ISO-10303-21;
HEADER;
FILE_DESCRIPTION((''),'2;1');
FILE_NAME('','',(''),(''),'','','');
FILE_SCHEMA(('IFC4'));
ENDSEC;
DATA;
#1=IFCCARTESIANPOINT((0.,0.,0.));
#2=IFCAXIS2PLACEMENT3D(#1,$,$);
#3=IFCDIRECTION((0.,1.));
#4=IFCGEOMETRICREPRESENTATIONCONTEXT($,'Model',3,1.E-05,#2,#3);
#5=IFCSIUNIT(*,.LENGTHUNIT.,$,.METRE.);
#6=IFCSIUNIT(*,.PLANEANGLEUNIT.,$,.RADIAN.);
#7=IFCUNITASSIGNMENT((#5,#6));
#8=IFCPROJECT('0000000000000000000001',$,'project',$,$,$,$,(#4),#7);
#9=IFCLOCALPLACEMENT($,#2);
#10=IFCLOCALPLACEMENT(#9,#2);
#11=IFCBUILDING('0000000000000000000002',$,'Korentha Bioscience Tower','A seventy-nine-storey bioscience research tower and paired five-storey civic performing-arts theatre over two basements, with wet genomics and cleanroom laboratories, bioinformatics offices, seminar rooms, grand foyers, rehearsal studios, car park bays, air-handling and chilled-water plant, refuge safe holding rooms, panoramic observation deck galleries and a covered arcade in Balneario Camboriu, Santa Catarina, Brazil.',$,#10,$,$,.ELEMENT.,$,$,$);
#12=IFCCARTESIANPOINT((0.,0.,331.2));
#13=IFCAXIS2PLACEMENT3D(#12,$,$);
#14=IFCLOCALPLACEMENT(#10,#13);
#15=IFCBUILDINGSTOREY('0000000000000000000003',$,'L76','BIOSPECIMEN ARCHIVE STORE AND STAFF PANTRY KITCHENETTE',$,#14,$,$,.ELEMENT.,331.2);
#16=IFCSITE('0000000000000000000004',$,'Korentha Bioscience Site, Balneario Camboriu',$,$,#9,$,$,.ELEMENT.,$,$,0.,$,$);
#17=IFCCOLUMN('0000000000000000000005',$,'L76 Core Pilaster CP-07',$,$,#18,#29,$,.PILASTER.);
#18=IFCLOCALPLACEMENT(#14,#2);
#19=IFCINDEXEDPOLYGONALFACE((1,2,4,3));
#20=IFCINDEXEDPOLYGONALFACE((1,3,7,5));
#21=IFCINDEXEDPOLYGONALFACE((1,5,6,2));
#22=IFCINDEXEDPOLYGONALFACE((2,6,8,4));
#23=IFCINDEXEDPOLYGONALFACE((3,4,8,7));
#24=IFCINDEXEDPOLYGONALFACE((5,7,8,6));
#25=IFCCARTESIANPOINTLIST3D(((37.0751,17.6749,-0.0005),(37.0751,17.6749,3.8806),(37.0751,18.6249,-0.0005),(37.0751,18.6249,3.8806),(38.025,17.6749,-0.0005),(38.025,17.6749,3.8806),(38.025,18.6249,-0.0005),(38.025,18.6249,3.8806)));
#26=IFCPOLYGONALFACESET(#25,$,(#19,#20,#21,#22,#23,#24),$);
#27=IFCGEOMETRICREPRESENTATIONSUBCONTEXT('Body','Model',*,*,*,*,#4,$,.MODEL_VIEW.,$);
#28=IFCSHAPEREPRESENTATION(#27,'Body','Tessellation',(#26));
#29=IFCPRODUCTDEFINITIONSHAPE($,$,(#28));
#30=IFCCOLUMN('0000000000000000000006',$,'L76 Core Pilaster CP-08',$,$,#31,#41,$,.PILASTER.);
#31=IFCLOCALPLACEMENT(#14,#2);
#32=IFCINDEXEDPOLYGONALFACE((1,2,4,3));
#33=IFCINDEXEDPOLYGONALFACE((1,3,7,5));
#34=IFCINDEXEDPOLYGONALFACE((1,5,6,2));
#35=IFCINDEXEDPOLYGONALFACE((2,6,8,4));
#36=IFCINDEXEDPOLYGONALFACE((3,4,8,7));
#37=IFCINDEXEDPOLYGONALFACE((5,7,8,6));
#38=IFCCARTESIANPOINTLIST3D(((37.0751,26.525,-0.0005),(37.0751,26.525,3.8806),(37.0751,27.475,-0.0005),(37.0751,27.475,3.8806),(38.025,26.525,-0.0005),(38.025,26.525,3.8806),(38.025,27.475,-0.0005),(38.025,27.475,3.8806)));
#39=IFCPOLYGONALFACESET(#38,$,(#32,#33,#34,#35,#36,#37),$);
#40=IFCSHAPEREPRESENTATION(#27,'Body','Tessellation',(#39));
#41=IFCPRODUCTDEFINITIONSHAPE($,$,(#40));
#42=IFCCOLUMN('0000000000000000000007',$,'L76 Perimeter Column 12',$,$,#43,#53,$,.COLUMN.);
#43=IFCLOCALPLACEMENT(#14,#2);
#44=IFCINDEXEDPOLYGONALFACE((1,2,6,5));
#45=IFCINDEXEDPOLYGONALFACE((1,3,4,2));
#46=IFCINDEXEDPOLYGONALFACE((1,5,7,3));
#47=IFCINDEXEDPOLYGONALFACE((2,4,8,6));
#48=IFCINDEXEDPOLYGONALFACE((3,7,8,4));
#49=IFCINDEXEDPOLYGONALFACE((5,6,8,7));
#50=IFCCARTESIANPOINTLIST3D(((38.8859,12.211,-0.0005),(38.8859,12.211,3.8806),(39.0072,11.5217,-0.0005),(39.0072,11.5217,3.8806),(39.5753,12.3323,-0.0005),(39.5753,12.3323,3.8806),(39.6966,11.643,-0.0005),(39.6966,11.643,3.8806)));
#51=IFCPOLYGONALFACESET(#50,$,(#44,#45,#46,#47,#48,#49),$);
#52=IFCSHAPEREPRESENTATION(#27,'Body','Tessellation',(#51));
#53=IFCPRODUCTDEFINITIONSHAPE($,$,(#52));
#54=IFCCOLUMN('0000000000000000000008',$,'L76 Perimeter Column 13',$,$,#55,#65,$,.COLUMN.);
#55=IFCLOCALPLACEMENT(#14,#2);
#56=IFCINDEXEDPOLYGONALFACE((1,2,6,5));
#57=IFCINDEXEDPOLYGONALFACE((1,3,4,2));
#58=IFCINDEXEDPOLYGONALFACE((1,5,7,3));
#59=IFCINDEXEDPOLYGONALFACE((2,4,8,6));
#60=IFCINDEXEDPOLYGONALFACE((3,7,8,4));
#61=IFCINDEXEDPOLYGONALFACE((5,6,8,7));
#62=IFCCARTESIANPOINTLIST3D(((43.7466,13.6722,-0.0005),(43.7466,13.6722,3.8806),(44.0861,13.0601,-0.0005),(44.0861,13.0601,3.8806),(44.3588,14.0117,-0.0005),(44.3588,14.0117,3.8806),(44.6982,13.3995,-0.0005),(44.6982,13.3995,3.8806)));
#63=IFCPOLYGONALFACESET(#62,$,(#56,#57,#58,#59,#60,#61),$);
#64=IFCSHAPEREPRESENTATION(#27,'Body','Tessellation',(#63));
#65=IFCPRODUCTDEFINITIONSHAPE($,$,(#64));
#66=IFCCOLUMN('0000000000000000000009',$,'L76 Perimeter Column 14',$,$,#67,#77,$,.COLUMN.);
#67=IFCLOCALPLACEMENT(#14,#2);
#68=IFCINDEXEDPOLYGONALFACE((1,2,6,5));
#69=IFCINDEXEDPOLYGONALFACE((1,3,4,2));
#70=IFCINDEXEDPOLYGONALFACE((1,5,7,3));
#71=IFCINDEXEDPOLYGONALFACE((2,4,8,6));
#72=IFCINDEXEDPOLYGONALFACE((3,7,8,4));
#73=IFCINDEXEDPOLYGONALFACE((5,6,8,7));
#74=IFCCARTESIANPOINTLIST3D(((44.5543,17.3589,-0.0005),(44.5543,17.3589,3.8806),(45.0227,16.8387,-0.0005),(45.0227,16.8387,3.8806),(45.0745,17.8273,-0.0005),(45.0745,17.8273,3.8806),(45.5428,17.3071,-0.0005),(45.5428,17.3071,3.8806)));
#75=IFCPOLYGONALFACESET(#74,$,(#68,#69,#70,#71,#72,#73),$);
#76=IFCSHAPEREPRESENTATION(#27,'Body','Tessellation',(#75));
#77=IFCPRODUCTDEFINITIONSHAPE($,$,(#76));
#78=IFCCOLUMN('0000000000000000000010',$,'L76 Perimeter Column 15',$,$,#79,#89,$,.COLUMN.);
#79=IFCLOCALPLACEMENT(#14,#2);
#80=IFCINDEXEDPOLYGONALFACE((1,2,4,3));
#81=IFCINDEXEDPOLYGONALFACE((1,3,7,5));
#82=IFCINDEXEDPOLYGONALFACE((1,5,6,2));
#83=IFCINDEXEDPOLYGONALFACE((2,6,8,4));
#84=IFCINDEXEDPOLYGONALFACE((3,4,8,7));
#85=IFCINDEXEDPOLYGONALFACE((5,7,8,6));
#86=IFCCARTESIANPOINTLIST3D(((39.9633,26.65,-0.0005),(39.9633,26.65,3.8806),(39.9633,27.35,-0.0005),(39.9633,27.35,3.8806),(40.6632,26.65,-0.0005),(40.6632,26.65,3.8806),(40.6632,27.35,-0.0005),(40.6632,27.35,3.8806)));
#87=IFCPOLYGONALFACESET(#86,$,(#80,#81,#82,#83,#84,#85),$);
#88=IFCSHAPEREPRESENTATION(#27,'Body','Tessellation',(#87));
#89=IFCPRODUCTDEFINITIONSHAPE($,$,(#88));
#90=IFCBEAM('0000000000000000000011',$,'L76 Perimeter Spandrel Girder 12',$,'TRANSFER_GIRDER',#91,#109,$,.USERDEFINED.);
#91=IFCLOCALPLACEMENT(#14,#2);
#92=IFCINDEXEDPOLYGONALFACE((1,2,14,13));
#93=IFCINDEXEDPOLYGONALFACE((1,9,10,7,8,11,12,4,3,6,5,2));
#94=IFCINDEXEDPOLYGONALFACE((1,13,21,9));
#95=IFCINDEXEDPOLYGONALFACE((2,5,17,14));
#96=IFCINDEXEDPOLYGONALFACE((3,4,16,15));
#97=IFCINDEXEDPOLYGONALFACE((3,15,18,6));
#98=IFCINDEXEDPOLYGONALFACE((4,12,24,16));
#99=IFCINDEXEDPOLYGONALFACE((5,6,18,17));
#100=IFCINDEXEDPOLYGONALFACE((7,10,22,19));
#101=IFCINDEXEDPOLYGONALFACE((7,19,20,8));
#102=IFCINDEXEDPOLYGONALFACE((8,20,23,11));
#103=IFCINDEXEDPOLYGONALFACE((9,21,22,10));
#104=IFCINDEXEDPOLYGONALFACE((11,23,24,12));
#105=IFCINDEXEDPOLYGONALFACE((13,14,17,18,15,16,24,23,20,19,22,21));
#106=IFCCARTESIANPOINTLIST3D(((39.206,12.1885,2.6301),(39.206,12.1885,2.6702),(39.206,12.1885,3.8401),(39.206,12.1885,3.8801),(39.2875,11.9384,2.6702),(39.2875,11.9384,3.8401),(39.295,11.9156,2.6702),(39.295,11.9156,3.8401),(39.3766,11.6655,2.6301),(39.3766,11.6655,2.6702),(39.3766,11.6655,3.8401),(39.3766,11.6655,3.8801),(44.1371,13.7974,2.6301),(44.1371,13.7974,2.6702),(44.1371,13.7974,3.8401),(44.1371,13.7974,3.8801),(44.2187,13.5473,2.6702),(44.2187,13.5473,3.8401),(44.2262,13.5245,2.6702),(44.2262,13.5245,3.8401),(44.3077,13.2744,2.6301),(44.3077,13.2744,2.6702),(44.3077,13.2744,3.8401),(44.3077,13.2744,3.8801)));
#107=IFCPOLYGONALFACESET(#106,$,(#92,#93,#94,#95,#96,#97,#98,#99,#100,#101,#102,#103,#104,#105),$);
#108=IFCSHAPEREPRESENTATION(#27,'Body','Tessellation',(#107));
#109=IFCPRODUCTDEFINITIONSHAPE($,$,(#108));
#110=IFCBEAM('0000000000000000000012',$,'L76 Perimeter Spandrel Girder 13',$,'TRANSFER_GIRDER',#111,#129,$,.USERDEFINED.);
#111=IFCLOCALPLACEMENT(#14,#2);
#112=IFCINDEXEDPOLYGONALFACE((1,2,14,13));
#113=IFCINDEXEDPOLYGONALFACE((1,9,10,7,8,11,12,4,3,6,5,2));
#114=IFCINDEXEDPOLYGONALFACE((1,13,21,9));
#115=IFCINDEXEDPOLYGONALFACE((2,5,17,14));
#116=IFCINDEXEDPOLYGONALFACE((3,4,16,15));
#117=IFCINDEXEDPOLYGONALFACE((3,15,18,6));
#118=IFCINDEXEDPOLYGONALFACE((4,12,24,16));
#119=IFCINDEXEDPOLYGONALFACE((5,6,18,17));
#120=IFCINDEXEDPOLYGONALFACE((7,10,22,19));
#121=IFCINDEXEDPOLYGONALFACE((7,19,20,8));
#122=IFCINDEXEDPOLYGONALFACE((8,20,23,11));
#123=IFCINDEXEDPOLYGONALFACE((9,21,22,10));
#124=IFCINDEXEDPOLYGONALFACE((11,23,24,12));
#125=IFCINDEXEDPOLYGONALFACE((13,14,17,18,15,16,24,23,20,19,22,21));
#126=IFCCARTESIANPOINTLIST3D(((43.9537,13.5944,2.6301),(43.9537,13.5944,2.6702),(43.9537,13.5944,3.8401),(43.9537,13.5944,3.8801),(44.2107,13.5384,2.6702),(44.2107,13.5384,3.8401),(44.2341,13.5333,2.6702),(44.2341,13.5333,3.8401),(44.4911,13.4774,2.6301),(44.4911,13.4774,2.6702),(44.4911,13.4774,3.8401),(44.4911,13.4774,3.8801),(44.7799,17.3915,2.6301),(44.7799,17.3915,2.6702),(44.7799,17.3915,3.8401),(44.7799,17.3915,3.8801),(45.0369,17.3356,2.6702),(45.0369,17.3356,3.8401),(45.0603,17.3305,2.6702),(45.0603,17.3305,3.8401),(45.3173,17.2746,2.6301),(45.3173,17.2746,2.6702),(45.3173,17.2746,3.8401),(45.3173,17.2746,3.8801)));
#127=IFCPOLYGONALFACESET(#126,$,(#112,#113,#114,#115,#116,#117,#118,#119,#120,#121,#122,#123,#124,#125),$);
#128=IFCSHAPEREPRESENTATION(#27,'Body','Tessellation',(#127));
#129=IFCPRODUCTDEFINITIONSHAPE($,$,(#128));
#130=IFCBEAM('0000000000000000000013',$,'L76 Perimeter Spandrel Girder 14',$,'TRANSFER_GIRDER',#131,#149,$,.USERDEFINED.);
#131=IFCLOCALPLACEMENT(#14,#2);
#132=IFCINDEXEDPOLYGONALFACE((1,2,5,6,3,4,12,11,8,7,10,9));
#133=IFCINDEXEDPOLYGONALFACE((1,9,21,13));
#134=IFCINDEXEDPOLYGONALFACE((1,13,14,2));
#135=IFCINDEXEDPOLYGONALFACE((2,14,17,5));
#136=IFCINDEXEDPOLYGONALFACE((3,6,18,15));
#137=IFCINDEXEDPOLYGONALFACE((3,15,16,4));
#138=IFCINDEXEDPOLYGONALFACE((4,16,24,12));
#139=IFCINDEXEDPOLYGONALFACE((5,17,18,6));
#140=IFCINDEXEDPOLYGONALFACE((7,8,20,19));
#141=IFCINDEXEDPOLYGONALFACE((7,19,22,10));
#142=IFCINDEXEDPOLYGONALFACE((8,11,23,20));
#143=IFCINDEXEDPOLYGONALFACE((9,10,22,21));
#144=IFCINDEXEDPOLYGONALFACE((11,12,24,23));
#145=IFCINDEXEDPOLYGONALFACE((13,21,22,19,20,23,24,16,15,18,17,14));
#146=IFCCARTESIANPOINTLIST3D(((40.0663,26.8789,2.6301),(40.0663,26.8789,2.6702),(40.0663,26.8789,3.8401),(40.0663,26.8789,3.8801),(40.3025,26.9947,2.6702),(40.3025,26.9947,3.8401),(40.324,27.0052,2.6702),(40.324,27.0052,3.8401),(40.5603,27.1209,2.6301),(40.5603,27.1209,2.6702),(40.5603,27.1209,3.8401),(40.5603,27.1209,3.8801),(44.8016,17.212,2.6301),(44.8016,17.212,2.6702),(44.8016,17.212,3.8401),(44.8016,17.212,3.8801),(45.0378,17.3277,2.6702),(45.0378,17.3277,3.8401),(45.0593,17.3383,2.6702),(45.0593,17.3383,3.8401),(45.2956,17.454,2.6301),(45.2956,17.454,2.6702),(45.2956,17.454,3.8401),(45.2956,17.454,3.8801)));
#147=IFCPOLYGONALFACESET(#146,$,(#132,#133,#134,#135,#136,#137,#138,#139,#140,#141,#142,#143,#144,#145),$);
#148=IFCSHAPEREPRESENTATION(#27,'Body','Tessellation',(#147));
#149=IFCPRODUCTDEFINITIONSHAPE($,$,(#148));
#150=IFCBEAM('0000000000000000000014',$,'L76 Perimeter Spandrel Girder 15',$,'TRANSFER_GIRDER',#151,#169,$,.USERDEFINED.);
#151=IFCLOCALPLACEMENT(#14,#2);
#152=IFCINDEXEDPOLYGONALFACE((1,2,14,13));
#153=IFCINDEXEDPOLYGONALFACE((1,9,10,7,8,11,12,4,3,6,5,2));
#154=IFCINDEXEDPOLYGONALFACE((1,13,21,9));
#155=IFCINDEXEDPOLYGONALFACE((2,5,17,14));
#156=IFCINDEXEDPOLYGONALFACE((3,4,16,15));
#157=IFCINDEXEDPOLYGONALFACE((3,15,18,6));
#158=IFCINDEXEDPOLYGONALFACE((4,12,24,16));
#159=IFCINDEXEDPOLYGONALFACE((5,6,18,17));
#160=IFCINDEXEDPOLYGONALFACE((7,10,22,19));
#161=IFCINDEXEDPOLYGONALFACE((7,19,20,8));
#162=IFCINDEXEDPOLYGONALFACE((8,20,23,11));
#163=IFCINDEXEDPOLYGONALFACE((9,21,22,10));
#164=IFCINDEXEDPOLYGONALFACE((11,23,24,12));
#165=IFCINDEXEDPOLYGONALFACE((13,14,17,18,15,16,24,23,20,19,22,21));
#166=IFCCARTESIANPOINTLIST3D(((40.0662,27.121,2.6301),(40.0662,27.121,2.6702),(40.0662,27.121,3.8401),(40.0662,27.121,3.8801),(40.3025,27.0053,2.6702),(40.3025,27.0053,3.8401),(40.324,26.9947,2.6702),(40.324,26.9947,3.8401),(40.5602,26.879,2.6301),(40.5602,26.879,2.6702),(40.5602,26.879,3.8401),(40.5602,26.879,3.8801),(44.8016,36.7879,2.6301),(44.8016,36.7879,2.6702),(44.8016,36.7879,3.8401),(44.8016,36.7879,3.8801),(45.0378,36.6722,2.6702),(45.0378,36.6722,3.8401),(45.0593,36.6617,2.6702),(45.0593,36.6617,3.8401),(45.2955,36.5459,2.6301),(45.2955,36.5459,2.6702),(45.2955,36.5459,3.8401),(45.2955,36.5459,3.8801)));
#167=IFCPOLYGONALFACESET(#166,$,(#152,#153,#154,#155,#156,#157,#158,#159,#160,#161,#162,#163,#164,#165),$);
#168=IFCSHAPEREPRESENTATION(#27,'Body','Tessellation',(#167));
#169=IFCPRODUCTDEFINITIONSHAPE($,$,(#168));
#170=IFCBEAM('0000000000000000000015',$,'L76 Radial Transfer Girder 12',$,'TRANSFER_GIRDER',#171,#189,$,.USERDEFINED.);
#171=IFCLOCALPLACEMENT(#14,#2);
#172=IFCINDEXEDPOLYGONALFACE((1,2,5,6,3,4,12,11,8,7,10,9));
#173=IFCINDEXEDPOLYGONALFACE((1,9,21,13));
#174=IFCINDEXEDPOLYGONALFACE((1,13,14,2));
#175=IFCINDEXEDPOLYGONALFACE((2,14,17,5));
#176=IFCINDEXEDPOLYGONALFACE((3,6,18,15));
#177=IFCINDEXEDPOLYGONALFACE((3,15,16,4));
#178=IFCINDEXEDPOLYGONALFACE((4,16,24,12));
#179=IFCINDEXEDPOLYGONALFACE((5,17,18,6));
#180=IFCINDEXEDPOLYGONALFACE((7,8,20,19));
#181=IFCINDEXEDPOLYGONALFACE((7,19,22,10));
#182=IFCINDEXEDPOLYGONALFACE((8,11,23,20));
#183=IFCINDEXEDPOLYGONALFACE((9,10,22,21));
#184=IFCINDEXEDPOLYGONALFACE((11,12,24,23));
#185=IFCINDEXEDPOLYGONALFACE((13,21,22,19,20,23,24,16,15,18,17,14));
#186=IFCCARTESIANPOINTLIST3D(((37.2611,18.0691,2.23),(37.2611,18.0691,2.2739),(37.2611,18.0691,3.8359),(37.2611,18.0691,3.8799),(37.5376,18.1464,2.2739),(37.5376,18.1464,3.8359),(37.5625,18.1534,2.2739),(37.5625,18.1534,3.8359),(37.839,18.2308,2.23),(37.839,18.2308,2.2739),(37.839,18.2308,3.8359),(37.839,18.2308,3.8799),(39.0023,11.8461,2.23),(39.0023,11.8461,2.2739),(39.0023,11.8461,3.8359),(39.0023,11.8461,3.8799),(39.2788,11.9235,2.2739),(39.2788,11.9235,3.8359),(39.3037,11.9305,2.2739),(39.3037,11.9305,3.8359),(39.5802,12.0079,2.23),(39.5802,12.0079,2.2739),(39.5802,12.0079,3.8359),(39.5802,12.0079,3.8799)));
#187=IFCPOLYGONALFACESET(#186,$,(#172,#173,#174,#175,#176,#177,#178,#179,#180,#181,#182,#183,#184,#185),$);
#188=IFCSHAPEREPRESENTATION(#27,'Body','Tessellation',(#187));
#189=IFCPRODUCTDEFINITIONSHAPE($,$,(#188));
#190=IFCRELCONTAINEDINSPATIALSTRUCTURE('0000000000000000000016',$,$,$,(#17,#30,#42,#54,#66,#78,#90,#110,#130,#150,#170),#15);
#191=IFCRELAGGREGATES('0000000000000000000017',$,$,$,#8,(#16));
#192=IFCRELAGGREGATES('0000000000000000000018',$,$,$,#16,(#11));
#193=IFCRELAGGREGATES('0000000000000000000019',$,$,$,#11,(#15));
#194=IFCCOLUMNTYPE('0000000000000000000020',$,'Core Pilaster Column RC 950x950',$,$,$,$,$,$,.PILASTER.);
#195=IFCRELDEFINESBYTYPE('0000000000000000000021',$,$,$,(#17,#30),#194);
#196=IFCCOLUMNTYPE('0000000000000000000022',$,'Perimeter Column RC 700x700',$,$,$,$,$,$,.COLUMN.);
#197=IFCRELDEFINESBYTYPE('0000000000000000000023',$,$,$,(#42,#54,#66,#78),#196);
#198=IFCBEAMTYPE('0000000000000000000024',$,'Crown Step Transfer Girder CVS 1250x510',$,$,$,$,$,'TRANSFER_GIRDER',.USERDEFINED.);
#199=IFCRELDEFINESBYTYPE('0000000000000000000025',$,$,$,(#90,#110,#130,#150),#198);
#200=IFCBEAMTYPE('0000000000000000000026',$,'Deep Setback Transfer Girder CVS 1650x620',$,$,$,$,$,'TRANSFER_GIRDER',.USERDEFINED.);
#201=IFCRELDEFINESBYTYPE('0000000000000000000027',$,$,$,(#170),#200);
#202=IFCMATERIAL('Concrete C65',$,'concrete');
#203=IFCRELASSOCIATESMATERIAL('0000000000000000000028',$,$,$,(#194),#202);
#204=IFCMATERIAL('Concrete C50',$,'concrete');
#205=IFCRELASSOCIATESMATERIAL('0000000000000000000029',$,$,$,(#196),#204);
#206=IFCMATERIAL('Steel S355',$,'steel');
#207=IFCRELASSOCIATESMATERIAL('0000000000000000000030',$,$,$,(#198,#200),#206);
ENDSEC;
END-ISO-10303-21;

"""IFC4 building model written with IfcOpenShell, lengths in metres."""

from ifc_helpers import new_model, si_unit, direction, frame, origin, origin_2d, place, context, subcontext, project, spatial, rectangle, i_section, extrude, material, material_profile, profile_set, type_object, element, save


model = new_model("IFC4")

# Units and contexts
model_context = context("Model", 3, precision=1e-05, world=origin(), true_north=direction((0.0, 1.0)))
body_context = subcontext(model_context, "Body", "Model", "MODEL_VIEW")
ifc_project = project(units=[si_unit("LENGTHUNIT", "METRE"), si_unit("PLANEANGLEUNIT", "RADIAN")], contexts=[model_context])

# Site, building, storey
site_placement = place(None, origin())
site = spatial("IfcSite", under=ifc_project, at=site_placement, Name="Korentha Bioscience Site, Balneario Camboriu", CompositionType="ELEMENT", RefElevation=0.0)
building_placement = place(site_placement, origin())
building = spatial("IfcBuilding", under=site, at=building_placement, Name="Korentha Bioscience Tower", Description="A seventy-nine-storey bioscience research tower and paired five-storey civic performing-arts theatre over two basements, with wet genomics and cleanroom laboratories, bioinformatics offices, seminar rooms, grand foyers, rehearsal studios, car park bays, air-handling and chilled-water plant, refuge safe holding rooms, panoramic observation deck galleries and a covered arcade in Balneario Camboriu, Santa Catarina, Brazil.", CompositionType="ELEMENT")
storey_placement = place(building_placement, frame((0.0, 0.0, 331.2)))
storey = spatial("IfcBuildingStorey", under=building, at=storey_placement, Name="L76", Description="BIOSPECIMEN ARCHIVE STORE AND STAFF PANTRY KITCHENETTE", CompositionType="ELEMENT", Elevation=331.2)

# Columns
ifc_material_1 = material(Name="Concrete C65", Category="concrete")
ifc_material_profile_1 = material_profile(ifc_material_1, rectangle(XDim=0.95, YDim=0.95, at=origin_2d()), Name="Concrete C65")
ifc_profile_set_1 = profile_set([ifc_material_profile_1], Name="Concrete C65 (COL-CP09)")
column_type_1 = type_object("IfcColumnType", Name="Core Pilaster Column RC 950x950", PredefinedType="PILASTER", material=ifc_profile_set_1)
for number, where, z_axis, x_axis, name in (
    (1, (37.55, 18.1499, -0.0005), (0.0, 0.0, 1.0), (1.0, 0.0, 0.0), "L76 Core Pilaster CP-07"),
    (2, (37.55, 27.0, -0.0005), (0.0, 0.0, 1.0), (1.0, 0.0, 0.0), "L76 Core Pilaster CP-08"),
):
    element("IfcColumn", number, at=place(storey_placement, frame(where, z_axis=z_axis, x_axis=x_axis)), inside=storey, type_object=column_type_1, Name=name, PredefinedType="PILASTER", context=body_context, shape_type="SweptSolid", body=[
        extrude(rectangle(XDim=0.95, YDim=0.95, at=origin_2d()), origin(), (0.0, 0.0, 1.0), 3.8811),
    ])
ifc_material_2 = material(Name="Concrete C50", Category="concrete")
ifc_material_profile_2 = material_profile(ifc_material_2, rectangle(XDim=0.7, YDim=0.7, at=origin_2d()), Name="Concrete C50")
ifc_profile_set_2 = profile_set([ifc_material_profile_2], Name="Concrete C50 (COL-P07)")
column_type_2 = type_object("IfcColumnType", Name="Perimeter Column RC 700x700", PredefinedType="COLUMN", material=ifc_profile_set_2)
for number, where, z_axis, x_axis, name in (
    (3, (39.2913, 11.927, -0.0005), (0.0, 0.0, 1.0), (0.984868, 0.173304, 0.0), "L76 Perimeter Column 12"),
    (4, (44.2224, 13.5359, -0.0005), (0.0, 0.0, 1.0), (0.874535, 0.484962, 0.0), "L76 Perimeter Column 13"),
    (5, (45.0486, 17.333, -0.0005), (0.0, 0.0, 1.0), (-0.669131, 0.743145, 0.0), "L76 Perimeter Column 14"),
    (6, (40.3132, 27.0, -0.0005), (0.0, 0.0, 1.0), (0.0, 1.0, 0.0), "L76 Perimeter Column 15"),
):
    element("IfcColumn", number, at=place(storey_placement, frame(where, z_axis=z_axis, x_axis=x_axis)), inside=storey, type_object=column_type_2, Name=name, PredefinedType="COLUMN", context=body_context, shape_type="SweptSolid", body=[
        extrude(rectangle(XDim=0.7, YDim=0.7, at=origin_2d()), origin(), (0.0, 0.0, 1.0), 3.8811),
    ])

# Beams
ifc_material_3 = material(Name="Steel S355", Category="steel")
ifc_material_profile_3 = material_profile(ifc_material_3, i_section(OverallWidth=0.55, OverallDepth=1.25, WebThickness=0.0239, FlangeThickness=0.04, at=origin_2d()), Name="Steel S355")
ifc_profile_set_3 = profile_set([ifc_material_profile_3], Name="Steel S355 (TG-03)")
beam_type_1 = type_object("IfcBeamType", Name="Crown Step Transfer Girder CVS 1250x510", ElementType="TRANSFER_GIRDER", PredefinedType="USERDEFINED", material=ifc_profile_set_3)
beam_1_placement = place(storey_placement, frame((39.2913, 11.927, 3.2551), z_axis=(0.950679, 0.310178, 0.0), x_axis=(-0.310178, 0.950679, 0.0)))
element("IfcBeam", 7, at=beam_1_placement, inside=storey, type_object=beam_type_1, Name="L76 Perimeter Spandrel Girder 12", ObjectType="TRANSFER_GIRDER", PredefinedType="USERDEFINED", context=body_context, shape_type="SweptSolid", body=[
    extrude(i_section(OverallWidth=0.55, OverallDepth=1.25, WebThickness=0.0239, FlangeThickness=0.04, at=origin_2d()), origin(), (0.0, 0.0, 1.0), 5.187),
])
beam_2_placement = place(storey_placement, frame((44.2224, 13.5359, 3.2551), z_axis=(0.212604, 0.977138, 0.0), x_axis=(-0.977138, 0.212604, 0.0)))
element("IfcBeam", 8, at=beam_2_placement, inside=storey, type_object=beam_type_1, Name="L76 Perimeter Spandrel Girder 13", ObjectType="TRANSFER_GIRDER", PredefinedType="USERDEFINED", context=body_context, shape_type="SweptSolid", body=[
    extrude(i_section(OverallWidth=0.55, OverallDepth=1.25, WebThickness=0.0239, FlangeThickness=0.04, at=origin_2d()), origin(), (0.0, 0.0, 1.0), 3.886),
])
for number, where, z_axis, x_axis, name in (
    (9, (45.0486, 17.333, 3.2551), (-0.439905, 0.898044, 0.0), (-0.898044, -0.439905, 0.0), "L76 Perimeter Spandrel Girder 14"),
    (10, (40.3132, 27.0, 3.2551), (0.439905, 0.898044, 0.0), (-0.898044, 0.439905, 0.0), "L76 Perimeter Spandrel Girder 15"),
):
    element("IfcBeam", number, at=place(storey_placement, frame(where, z_axis=z_axis, x_axis=x_axis)), inside=storey, type_object=beam_type_1, Name=name, ObjectType="TRANSFER_GIRDER", PredefinedType="USERDEFINED", context=body_context, shape_type="SweptSolid", body=[
        extrude(i_section(OverallWidth=0.55, OverallDepth=1.25, WebThickness=0.0239, FlangeThickness=0.04, at=origin_2d()), origin(), (0.0, 0.0, 1.0), 10.7644),
    ])
ifc_material_profile_4 = material_profile(ifc_material_3, i_section(OverallWidth=0.6001, OverallDepth=1.6499, WebThickness=0.0259, FlangeThickness=0.0439, at=origin_2d()), Name="Steel S355")
ifc_profile_set_4 = profile_set([ifc_material_profile_4], Name="Steel S355 (TG-04)")
beam_type_2 = type_object("IfcBeamType", Name="Deep Setback Transfer Girder CVS 1650x620", ElementType="TRANSFER_GIRDER", PredefinedType="USERDEFINED", material=ifc_profile_set_4)
beam_3_placement = place(storey_placement, frame((37.55, 18.1499, 3.0549), z_axis=(0.269458, -0.963012, 0.0), x_axis=(0.963012, 0.269458, 0.0)))
element("IfcBeam", 11, at=beam_3_placement, inside=storey, type_object=beam_type_2, Name="L76 Radial Transfer Girder 12", ObjectType="TRANSFER_GIRDER", PredefinedType="USERDEFINED", context=body_context, shape_type="SweptSolid", body=[
    extrude(i_section(OverallWidth=0.6001, OverallDepth=1.6499, WebThickness=0.0259, FlangeThickness=0.0439, at=origin_2d()), origin(), (0.0, 0.0, 1.0), 6.4619),
])

save(model, "model.ifc")
